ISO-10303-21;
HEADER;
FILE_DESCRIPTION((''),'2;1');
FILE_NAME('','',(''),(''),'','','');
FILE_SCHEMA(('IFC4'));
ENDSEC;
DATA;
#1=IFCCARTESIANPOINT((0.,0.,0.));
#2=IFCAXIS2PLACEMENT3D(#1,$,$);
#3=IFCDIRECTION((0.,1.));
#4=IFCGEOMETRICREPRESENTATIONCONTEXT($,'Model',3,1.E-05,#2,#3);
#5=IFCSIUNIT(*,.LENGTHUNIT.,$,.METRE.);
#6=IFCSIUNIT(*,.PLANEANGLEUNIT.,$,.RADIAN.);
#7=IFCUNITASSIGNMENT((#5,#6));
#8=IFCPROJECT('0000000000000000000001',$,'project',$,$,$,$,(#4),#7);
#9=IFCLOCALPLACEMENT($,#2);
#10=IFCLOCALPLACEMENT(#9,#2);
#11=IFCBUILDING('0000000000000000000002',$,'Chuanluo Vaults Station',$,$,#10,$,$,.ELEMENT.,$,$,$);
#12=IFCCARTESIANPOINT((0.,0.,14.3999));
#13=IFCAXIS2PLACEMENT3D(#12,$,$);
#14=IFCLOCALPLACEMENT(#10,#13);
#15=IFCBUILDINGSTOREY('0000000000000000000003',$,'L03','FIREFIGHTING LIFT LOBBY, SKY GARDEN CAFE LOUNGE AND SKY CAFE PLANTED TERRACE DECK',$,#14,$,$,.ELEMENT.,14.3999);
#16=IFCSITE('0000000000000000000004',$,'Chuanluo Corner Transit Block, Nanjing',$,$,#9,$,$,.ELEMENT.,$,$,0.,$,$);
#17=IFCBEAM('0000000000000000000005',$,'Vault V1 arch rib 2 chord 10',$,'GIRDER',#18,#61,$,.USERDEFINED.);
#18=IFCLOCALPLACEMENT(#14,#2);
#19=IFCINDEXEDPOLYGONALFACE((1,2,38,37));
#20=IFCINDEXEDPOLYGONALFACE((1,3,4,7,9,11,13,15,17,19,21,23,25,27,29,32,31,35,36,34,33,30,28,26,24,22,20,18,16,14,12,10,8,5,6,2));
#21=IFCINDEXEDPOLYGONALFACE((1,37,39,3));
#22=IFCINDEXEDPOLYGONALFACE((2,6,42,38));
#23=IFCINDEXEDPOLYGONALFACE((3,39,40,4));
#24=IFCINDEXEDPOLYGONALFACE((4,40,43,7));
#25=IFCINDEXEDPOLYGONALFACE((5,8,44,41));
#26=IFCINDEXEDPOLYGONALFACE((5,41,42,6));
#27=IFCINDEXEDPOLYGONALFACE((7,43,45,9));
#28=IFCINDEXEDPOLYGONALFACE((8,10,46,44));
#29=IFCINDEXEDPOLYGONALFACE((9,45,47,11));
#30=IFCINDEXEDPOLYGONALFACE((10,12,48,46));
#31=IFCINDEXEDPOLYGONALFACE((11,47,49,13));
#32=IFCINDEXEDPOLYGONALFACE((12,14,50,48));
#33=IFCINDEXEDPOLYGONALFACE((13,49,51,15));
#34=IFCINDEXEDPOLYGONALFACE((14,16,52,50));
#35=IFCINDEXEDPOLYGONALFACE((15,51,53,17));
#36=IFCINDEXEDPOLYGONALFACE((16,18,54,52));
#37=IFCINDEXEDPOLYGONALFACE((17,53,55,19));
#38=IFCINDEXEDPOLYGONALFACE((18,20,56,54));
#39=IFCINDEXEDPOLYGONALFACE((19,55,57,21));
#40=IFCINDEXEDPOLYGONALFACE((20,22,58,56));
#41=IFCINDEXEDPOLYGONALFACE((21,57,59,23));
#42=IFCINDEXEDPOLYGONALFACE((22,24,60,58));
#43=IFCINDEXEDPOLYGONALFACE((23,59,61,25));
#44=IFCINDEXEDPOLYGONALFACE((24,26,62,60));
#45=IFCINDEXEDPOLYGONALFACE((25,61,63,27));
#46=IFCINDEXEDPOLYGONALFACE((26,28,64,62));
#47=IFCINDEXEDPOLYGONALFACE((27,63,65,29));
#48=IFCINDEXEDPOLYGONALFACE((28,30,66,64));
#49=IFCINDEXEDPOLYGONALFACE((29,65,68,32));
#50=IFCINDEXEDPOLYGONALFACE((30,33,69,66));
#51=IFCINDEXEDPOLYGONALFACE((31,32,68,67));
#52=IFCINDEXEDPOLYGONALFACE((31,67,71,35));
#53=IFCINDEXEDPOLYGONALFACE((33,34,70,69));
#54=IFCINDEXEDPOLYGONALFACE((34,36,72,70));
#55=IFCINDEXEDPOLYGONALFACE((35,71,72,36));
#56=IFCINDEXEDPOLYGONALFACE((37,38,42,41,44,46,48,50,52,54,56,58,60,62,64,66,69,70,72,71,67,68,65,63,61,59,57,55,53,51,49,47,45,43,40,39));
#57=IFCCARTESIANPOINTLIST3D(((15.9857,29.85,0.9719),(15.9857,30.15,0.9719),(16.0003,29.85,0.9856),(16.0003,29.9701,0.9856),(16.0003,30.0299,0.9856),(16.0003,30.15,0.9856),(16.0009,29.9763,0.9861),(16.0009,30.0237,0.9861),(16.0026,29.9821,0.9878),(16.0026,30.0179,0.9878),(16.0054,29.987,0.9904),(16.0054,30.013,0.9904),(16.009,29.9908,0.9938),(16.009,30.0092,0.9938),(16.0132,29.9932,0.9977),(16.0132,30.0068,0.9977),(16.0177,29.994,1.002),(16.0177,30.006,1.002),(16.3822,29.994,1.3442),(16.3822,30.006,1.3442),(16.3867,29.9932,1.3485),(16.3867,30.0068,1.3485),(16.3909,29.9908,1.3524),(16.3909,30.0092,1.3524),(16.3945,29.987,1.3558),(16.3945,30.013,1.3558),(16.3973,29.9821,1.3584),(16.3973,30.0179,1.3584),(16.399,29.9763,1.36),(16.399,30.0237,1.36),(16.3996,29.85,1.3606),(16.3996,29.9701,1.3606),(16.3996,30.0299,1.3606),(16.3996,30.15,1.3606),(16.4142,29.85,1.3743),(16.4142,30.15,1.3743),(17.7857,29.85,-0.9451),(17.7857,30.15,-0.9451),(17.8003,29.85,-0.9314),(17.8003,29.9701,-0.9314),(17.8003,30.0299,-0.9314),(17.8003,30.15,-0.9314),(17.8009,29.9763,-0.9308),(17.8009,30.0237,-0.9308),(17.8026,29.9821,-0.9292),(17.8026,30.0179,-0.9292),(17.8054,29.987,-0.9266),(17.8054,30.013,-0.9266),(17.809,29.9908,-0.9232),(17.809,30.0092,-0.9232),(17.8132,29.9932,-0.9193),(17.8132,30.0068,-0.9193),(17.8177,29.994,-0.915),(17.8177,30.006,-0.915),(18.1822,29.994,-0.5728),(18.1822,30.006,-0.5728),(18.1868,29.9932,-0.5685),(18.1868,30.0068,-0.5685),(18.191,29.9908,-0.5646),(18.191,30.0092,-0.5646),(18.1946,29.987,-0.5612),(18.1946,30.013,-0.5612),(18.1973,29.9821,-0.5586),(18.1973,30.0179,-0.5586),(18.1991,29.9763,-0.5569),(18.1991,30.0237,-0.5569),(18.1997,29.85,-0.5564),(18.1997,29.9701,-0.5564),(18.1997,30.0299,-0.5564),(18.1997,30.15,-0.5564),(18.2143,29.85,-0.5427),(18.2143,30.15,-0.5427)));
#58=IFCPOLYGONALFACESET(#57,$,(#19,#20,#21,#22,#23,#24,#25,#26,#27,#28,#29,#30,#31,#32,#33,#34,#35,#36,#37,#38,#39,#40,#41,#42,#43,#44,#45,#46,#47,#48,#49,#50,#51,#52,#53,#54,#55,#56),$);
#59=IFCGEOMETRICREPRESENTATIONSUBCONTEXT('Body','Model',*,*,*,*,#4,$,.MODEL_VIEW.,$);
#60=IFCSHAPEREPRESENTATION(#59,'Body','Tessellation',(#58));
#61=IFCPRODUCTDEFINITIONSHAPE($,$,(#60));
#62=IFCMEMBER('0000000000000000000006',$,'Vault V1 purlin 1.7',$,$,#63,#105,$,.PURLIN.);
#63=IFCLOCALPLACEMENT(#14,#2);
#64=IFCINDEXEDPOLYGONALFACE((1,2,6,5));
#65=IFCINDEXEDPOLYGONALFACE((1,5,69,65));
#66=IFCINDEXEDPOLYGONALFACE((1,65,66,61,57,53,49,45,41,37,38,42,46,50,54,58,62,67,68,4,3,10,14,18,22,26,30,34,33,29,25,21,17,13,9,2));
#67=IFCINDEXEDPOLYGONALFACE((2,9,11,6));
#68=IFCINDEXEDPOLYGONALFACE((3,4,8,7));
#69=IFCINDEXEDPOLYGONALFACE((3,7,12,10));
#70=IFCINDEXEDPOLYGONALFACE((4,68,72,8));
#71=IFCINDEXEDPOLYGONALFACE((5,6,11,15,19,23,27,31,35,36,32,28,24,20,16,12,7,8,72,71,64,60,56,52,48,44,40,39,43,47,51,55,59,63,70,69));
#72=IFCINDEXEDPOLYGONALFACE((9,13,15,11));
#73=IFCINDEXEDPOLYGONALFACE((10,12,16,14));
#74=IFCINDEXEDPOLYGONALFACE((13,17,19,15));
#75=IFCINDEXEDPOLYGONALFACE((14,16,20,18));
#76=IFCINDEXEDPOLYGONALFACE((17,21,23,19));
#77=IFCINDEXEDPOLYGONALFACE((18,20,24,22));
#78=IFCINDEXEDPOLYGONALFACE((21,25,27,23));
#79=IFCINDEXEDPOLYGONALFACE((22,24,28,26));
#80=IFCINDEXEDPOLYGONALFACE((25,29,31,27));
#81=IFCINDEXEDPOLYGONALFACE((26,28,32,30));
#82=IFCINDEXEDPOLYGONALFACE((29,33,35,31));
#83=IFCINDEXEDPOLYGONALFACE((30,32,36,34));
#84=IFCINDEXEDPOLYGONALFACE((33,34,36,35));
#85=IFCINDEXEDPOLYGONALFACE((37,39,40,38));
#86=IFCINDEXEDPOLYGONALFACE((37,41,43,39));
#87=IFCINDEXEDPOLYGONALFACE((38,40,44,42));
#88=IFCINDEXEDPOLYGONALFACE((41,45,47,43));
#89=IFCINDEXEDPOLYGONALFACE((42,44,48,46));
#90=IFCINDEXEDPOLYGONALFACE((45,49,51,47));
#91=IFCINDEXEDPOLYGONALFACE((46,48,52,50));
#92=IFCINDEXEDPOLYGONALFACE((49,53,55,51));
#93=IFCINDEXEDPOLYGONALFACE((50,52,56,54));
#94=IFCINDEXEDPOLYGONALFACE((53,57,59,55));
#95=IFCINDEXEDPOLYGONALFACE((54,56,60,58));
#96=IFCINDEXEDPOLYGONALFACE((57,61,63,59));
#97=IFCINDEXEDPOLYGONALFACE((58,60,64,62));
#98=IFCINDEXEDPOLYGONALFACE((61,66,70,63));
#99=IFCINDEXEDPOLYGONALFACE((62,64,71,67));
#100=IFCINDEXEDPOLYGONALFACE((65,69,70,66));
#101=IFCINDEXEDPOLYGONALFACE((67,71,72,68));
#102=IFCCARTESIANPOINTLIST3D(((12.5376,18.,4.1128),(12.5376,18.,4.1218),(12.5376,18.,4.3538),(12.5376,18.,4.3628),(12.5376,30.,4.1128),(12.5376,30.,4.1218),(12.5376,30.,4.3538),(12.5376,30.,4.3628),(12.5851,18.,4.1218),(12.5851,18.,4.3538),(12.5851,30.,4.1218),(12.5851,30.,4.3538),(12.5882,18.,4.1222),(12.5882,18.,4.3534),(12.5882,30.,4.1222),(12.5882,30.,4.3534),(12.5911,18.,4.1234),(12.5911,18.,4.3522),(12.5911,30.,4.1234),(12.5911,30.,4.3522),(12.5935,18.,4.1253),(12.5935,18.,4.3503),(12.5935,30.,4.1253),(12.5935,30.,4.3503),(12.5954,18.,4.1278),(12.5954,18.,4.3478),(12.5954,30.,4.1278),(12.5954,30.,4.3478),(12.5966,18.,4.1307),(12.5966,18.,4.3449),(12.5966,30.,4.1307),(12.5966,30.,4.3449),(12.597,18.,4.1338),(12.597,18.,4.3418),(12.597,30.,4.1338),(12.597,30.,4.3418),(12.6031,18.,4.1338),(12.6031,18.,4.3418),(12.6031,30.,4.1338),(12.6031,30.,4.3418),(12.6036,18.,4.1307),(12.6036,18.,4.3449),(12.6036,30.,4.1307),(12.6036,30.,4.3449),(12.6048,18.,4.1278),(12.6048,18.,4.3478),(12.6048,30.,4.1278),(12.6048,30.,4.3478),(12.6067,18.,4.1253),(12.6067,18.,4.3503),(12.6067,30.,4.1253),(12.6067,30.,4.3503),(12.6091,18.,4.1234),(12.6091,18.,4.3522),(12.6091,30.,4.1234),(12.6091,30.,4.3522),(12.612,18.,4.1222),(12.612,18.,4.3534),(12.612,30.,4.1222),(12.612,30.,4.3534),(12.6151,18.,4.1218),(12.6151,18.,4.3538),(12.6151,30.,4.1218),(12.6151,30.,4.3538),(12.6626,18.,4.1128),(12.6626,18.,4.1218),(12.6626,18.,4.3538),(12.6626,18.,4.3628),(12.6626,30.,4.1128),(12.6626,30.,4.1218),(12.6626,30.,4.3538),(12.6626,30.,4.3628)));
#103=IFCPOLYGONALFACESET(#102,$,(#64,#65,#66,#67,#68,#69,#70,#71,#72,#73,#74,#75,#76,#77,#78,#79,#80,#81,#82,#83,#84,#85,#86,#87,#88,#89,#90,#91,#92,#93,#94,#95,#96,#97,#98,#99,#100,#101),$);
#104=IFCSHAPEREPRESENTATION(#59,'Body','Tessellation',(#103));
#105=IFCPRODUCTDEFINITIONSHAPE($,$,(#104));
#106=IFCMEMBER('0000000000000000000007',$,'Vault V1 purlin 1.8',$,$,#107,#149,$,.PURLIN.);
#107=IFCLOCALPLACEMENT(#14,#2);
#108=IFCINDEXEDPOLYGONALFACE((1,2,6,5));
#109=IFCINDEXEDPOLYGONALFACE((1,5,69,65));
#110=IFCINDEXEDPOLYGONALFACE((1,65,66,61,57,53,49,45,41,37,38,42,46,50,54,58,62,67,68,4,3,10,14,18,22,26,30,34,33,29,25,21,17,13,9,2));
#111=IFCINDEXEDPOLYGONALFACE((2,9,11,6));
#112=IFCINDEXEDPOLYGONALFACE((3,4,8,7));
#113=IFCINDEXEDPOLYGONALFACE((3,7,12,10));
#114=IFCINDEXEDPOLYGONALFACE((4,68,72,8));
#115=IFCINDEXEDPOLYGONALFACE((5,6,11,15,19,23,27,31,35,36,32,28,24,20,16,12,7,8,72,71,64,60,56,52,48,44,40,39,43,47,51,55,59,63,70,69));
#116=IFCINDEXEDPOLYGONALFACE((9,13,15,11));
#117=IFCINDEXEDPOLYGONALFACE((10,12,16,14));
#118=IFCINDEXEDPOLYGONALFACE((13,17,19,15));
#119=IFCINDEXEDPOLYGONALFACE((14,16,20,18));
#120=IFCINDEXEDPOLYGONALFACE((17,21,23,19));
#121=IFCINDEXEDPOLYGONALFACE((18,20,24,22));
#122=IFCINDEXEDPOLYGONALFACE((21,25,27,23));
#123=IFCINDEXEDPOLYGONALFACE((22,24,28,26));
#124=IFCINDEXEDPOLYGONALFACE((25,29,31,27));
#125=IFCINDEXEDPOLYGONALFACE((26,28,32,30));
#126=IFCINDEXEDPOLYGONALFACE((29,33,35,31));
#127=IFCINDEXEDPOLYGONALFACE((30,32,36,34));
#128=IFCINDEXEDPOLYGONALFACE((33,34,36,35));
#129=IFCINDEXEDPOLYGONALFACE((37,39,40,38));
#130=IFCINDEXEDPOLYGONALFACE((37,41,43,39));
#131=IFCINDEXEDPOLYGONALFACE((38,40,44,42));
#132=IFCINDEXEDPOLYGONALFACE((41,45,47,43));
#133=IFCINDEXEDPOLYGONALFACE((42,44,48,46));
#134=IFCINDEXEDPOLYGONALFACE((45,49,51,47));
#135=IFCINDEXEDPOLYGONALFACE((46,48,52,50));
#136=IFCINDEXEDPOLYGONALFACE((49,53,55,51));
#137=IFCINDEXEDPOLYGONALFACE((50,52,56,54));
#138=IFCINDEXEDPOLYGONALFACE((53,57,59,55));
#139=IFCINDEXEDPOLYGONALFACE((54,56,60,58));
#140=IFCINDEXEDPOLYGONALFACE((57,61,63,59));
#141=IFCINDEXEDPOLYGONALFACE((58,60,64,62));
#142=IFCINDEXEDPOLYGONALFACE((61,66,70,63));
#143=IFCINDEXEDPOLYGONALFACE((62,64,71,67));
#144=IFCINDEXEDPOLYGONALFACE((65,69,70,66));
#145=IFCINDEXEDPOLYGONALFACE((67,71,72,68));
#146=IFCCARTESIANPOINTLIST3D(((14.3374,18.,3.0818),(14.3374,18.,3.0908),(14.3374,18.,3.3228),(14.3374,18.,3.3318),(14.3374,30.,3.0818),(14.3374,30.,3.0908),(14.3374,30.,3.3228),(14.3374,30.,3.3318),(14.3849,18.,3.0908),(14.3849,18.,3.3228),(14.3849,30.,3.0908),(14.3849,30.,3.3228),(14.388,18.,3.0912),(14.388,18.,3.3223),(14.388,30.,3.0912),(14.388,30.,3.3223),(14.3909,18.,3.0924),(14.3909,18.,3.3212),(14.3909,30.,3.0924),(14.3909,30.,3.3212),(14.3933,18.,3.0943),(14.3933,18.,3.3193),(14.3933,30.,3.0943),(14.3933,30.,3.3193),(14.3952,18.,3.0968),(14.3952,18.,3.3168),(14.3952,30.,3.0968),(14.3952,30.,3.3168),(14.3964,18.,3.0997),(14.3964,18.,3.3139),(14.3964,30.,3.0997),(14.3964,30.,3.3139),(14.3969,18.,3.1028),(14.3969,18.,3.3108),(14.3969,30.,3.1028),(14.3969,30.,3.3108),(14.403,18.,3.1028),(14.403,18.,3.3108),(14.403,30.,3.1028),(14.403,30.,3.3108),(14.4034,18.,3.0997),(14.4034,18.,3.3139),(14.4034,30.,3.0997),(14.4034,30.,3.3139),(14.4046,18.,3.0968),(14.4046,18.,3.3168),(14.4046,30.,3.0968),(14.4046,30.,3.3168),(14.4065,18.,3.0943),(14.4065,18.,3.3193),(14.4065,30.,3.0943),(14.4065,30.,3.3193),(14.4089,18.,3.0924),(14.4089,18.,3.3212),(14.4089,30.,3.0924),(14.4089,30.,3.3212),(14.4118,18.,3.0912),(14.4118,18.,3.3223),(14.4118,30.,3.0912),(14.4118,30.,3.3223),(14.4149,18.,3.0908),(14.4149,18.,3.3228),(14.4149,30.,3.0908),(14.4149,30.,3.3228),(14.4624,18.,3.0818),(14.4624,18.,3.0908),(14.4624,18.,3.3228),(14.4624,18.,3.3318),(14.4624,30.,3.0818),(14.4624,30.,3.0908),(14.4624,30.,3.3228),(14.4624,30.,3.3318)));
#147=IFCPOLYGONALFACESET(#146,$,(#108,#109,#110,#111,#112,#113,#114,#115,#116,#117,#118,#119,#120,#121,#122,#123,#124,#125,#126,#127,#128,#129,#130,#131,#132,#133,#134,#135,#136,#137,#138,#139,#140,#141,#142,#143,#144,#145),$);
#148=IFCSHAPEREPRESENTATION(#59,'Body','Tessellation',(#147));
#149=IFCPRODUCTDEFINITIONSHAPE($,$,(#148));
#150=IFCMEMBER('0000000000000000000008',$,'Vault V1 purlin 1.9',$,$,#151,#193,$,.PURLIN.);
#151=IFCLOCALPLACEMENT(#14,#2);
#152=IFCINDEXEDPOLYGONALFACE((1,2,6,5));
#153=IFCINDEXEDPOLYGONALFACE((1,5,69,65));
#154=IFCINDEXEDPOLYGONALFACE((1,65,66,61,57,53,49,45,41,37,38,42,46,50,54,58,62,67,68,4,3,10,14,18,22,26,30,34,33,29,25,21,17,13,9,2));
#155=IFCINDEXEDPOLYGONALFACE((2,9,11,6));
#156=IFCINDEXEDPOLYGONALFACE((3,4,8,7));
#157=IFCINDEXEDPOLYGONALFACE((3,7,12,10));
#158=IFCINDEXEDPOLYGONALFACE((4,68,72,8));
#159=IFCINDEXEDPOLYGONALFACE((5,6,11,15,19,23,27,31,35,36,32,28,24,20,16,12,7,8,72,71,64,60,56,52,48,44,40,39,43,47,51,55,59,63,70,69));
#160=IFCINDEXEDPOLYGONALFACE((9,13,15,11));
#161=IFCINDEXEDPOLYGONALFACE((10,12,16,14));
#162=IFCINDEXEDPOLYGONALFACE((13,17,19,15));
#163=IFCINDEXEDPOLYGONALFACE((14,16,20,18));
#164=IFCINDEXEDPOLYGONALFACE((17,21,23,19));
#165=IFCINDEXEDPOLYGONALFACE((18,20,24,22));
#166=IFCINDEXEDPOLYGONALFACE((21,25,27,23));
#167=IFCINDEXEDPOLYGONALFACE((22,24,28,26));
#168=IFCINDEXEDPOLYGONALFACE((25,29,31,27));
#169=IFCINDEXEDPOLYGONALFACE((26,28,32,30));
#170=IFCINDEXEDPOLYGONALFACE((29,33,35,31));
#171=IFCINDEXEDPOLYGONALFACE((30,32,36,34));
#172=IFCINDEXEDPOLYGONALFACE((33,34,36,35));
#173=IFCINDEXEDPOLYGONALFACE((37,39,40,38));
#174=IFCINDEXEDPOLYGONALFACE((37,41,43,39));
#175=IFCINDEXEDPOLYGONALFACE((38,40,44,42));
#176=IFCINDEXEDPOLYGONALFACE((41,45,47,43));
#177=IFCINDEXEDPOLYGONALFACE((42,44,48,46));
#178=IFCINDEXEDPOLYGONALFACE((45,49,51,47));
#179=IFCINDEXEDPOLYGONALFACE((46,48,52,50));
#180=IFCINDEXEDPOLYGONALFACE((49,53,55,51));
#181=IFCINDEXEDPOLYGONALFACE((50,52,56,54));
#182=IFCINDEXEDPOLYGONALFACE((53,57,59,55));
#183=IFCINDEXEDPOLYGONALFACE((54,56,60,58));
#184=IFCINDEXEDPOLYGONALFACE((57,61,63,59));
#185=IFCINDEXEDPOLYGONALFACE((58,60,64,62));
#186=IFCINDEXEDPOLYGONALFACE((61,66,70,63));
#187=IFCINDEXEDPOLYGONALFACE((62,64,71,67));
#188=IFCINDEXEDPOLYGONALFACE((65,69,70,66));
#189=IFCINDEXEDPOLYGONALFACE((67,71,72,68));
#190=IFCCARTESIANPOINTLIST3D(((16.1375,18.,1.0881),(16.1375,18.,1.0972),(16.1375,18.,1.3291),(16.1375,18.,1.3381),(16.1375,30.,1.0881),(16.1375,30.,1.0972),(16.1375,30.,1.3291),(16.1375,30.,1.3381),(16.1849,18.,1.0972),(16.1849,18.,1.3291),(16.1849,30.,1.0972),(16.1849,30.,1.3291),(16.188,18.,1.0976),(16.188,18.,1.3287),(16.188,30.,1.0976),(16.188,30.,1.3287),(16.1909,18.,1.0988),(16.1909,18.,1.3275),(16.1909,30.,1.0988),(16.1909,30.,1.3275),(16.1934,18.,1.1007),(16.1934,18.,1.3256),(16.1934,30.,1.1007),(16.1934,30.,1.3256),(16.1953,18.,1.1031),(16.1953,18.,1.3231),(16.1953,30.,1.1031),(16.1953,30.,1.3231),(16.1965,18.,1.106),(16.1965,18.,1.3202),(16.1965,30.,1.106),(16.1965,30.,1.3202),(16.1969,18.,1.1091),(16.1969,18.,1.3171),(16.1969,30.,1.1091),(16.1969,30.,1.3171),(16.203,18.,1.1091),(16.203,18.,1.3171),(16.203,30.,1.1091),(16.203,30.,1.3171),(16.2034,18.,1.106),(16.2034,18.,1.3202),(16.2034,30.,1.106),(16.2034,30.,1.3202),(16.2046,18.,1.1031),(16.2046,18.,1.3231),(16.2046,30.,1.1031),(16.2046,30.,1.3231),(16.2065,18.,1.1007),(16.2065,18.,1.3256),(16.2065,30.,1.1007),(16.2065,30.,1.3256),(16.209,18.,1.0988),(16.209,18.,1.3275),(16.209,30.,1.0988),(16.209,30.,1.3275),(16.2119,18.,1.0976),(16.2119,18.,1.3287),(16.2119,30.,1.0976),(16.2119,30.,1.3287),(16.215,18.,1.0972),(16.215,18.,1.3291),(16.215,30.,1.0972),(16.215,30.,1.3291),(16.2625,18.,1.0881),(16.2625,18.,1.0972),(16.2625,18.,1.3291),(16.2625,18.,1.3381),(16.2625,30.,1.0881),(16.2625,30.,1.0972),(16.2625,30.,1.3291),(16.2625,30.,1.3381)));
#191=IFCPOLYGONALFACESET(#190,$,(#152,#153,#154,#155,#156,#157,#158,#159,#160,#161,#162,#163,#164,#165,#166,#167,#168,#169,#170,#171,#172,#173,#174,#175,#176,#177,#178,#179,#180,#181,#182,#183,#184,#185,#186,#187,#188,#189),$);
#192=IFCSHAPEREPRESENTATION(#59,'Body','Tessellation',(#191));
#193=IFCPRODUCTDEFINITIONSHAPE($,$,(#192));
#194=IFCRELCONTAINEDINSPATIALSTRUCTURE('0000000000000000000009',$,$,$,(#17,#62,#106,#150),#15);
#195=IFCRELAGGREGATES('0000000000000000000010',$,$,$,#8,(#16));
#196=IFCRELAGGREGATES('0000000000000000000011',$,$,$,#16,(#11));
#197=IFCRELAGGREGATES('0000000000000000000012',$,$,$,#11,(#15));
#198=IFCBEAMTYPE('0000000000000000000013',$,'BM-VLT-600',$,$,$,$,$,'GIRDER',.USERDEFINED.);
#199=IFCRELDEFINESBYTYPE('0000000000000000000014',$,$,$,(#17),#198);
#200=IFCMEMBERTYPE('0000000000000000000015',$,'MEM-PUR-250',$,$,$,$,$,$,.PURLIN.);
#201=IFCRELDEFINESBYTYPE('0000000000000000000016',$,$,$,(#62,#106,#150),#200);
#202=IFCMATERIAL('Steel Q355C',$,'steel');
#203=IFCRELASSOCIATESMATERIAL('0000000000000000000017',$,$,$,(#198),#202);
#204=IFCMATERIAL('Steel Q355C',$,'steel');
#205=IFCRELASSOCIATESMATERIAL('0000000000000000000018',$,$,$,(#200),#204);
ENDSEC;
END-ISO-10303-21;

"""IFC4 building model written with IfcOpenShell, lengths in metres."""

from ifc_helpers import new_model, si_unit, direction, frame, origin, origin_2d, place, context, subcontext, project, spatial, i_section, extrude, material, material_profile, profile_set, type_object, element, save


model = new_model("IFC4")

# Units and contexts
model_context = context("Model", 3, precision=1e-05, world=origin(), true_north=direction((0.0, 1.0)))
body_context = subcontext(model_context, "Body", "Model", "MODEL_VIEW")
ifc_project = project(units=[si_unit("LENGTHUNIT", "METRE"), si_unit("PLANEANGLEUNIT", "RADIAN")], contexts=[model_context])

# Site, building, storey
site_placement = place(None, origin())
site = spatial("IfcSite", under=ifc_project, at=site_placement, Name="Chuanluo Corner Transit Block, Nanjing", CompositionType="ELEMENT", RefElevation=0.0)
building_placement = place(site_placement, origin())
building = spatial("IfcBuilding", under=site, at=building_placement, Name="Chuanluo Vaults Station", CompositionType="ELEMENT")
storey_placement = place(building_placement, frame((0.0, 0.0, 14.3999)))
storey = spatial("IfcBuildingStorey", under=building, at=storey_placement, Name="L03", Description="FIREFIGHTING LIFT LOBBY, SKY GARDEN CAFE LOUNGE AND SKY CAFE PLANTED TERRACE DECK", CompositionType="ELEMENT", Elevation=14.3999)

# Beam
ifc_material_1 = material(Name="Steel Q355C", Category="steel")
ifc_material_profile_1 = material_profile(ifc_material_1, i_section(OverallWidth=0.3, OverallDepth=0.5879, WebThickness=0.012, FlangeThickness=0.02, FilletRadius=0.0239, at=origin_2d()))
ifc_profile_set_1 = profile_set([ifc_material_profile_1], Name="Steel Q355C")
beam_type = type_object("IfcBeamType", Name="BM-VLT-600", ElementType="GIRDER", PredefinedType="USERDEFINED", material=ifc_profile_set_1)
beam_1_placement = place(storey_placement, frame((16.2, 30.0, 1.1731), z_axis=(0.684522, 0.0, -0.728993), x_axis=(0.0, 1.0, 0.0)))
element("IfcBeam", 1, at=beam_1_placement, inside=storey, type_object=beam_type, Name="Vault V1 arch rib 2 chord 10", ObjectType="GIRDER", PredefinedType="USERDEFINED", context=body_context, shape_type="SweptSolid", body=[
    extrude(i_section(OverallWidth=0.3, OverallDepth=0.5879, WebThickness=0.012, FlangeThickness=0.02, FilletRadius=0.0239, at=origin_2d()), origin(), (0.0, 0.0, 1.0), 2.6296),
])

# Members
ifc_material_2 = material(Name="Steel Q355C", Category="steel")
ifc_material_profile_2 = material_profile(ifc_material_2, i_section(OverallWidth=0.125, OverallDepth=0.25, WebThickness=0.0061, FlangeThickness=0.009, FilletRadius=0.012, at=origin_2d()))
ifc_profile_set_2 = profile_set([ifc_material_profile_2], Name="Steel Q355C")
member_type_1 = type_object("IfcMemberType", Name="MEM-PUR-250", PredefinedType="PURLIN", material=ifc_profile_set_2)
for number, where, z_axis, x_axis, name in (
    (2, (12.6001, 18.0, 4.2378), (0.0, 1.0, 0.0), (-1.0, 0.0, 0.0), "Vault V1 purlin 1.7"),
    (3, (14.3999, 18.0, 3.2068), (0.0, 1.0, 0.0), (-1.0, 0.0, 0.0), "Vault V1 purlin 1.8"),
    (4, (16.2, 18.0, 1.2131), (0.0, 1.0, 0.0), (-1.0, 0.0, 0.0), "Vault V1 purlin 1.9"),
):
    element("IfcMember", number, at=place(storey_placement, frame(where, z_axis=z_axis, x_axis=x_axis)), inside=storey, type_object=member_type_1, Name=name, PredefinedType="PURLIN", context=body_context, shape_type="SweptSolid", body=[
        extrude(i_section(OverallWidth=0.125, OverallDepth=0.25, WebThickness=0.0061, FlangeThickness=0.009, FilletRadius=0.012, at=origin_2d()), origin(), (0.0, 0.0, 1.0), 12.0),
    ])

save(model, "model.ifc")
